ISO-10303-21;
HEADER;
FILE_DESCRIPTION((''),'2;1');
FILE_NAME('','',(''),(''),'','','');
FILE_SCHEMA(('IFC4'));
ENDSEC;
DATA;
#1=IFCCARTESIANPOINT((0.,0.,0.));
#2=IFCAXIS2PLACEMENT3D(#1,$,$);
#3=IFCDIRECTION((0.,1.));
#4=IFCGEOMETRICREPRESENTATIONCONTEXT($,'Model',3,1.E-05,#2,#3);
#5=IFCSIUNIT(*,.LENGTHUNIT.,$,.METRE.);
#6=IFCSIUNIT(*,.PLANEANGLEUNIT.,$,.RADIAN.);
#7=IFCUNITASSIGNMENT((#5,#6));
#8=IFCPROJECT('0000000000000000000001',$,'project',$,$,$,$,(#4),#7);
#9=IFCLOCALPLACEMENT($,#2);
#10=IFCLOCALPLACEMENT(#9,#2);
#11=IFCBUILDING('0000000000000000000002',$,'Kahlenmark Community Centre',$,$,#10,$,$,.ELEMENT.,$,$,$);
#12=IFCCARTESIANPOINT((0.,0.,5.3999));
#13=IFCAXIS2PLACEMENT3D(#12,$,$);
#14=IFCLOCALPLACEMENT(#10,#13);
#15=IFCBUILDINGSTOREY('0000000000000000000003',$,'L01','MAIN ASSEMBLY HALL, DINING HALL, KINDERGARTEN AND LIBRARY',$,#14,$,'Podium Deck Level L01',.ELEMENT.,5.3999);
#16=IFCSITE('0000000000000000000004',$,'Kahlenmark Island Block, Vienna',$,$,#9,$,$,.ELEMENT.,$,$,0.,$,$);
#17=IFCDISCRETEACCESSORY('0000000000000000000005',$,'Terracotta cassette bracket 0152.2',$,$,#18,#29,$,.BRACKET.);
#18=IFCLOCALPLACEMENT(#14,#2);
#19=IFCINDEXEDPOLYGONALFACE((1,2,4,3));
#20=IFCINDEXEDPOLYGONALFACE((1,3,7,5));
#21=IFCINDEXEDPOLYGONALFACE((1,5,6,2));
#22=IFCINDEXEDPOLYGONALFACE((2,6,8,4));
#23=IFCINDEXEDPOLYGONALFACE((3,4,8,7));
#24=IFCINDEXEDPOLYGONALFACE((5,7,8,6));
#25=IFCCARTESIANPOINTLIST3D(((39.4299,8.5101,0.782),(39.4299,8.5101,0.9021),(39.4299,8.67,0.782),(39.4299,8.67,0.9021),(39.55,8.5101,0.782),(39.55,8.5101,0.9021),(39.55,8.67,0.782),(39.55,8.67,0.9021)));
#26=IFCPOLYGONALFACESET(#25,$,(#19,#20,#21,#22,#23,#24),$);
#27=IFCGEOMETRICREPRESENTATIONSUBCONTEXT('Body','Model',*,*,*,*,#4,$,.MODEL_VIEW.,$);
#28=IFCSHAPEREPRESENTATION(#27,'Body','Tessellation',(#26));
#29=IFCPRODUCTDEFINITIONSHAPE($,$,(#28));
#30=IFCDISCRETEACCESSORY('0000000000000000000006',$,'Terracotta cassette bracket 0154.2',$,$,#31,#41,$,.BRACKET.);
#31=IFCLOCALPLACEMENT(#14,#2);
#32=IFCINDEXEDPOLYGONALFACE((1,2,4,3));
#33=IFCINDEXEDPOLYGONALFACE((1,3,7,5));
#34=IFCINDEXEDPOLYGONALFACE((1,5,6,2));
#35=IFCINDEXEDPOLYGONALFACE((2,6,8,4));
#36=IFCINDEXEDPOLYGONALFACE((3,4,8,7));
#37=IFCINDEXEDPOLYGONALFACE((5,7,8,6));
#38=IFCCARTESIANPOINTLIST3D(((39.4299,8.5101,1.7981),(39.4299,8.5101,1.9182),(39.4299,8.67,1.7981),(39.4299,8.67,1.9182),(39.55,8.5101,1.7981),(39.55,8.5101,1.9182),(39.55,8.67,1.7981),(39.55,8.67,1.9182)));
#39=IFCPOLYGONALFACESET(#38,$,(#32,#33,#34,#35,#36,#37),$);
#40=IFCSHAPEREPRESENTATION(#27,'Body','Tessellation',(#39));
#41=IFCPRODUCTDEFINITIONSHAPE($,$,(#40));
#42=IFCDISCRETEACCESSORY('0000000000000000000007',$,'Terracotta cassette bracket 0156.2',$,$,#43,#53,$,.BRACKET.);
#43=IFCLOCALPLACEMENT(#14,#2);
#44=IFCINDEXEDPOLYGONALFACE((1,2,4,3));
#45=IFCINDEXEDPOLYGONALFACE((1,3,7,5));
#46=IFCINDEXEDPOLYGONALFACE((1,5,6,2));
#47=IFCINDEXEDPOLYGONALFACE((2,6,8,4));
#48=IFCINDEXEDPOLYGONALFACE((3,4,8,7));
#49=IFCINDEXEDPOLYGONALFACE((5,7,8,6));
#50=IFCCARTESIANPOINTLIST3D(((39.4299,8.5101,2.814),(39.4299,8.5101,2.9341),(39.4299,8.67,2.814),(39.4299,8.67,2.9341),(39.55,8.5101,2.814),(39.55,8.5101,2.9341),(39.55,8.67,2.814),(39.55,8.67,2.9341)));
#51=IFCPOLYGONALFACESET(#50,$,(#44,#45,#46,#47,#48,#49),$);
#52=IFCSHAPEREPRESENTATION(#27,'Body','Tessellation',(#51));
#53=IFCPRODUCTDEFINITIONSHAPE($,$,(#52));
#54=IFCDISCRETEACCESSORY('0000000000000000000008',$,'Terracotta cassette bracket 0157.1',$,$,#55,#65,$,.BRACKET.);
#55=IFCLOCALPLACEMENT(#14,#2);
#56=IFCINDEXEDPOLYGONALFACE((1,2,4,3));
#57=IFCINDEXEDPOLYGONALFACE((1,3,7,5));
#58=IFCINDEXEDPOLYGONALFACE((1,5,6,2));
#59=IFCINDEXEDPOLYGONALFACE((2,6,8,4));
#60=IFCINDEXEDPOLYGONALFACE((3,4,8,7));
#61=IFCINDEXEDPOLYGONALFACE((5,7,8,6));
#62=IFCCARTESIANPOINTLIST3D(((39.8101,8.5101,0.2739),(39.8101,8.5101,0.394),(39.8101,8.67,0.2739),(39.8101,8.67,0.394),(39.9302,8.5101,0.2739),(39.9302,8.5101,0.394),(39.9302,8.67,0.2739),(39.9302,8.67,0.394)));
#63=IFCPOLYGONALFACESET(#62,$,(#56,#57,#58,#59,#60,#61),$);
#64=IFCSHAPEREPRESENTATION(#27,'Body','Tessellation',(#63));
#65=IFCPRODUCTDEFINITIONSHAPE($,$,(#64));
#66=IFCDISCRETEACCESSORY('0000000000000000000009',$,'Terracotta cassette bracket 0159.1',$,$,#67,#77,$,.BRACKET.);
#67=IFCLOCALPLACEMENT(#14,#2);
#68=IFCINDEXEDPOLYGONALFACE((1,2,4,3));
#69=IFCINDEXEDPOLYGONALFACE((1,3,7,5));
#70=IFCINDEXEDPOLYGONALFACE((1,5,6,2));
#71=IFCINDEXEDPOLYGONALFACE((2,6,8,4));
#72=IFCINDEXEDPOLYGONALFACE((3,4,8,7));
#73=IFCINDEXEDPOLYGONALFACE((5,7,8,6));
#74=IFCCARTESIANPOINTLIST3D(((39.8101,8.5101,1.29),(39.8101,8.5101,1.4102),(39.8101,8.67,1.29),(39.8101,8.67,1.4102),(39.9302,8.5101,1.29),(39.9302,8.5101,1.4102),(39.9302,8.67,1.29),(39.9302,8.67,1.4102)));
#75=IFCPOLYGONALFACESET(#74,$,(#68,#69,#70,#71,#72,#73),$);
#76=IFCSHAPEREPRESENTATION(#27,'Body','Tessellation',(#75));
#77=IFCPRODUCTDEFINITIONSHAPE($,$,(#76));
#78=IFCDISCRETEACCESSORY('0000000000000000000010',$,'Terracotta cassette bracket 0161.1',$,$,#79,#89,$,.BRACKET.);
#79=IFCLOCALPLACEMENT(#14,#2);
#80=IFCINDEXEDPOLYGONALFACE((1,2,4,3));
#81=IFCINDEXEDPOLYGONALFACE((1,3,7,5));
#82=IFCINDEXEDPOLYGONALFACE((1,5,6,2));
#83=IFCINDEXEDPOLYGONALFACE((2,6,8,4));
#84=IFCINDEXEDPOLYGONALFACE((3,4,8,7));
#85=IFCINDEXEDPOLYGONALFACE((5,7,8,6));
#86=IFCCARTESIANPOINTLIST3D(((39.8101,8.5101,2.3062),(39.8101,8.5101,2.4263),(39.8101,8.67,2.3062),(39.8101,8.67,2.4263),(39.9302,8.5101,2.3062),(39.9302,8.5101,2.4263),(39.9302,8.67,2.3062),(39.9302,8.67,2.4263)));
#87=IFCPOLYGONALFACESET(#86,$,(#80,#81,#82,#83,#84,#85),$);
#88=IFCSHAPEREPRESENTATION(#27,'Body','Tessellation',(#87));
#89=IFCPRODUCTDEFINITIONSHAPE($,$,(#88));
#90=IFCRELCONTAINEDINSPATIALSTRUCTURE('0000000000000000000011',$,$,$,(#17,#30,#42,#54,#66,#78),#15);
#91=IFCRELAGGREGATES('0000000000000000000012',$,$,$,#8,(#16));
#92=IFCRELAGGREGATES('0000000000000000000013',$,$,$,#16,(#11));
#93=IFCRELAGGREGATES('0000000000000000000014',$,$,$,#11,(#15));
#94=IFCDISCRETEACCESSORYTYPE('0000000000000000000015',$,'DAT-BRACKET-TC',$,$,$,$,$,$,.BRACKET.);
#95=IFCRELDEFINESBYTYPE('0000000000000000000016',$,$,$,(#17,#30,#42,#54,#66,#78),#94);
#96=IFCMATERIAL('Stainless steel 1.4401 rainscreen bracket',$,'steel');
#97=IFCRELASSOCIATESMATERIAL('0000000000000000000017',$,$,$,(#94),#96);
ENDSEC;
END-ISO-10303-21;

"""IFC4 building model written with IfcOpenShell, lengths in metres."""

from ifc_helpers import new_model, si_unit, direction, frame, origin, origin_2d, place, context, subcontext, project, spatial, rectangle, extrude, material, type_object, element, save


model = new_model("IFC4")

# Units and contexts
model_context = context("Model", 3, precision=1e-05, world=origin(), true_north=direction((0.0, 1.0)))
body_context = subcontext(model_context, "Body", "Model", "MODEL_VIEW")
ifc_project = project(units=[si_unit("LENGTHUNIT", "METRE"), si_unit("PLANEANGLEUNIT", "RADIAN")], contexts=[model_context])

# Site, building, storey
site_placement = place(None, origin())
site = spatial("IfcSite", under=ifc_project, at=site_placement, Name="Kahlenmark Island Block, Vienna", CompositionType="ELEMENT", RefElevation=0.0)
building_placement = place(site_placement, origin())
building = spatial("IfcBuilding", under=site, at=building_placement, Name="Kahlenmark Community Centre", CompositionType="ELEMENT")
storey_placement = place(building_placement, frame((0.0, 0.0, 5.3999)))
storey = spatial("IfcBuildingStorey", under=building, at=storey_placement, Name="L01", Description="MAIN ASSEMBLY HALL, DINING HALL, KINDERGARTEN AND LIBRARY", LongName="Podium Deck Level L01", CompositionType="ELEMENT", Elevation=5.3999)

# Discrete accessories
ifc_material_1 = material(Name="Stainless steel 1.4401 rainscreen bracket", Category="steel")
discrete_accessory_type = type_object("IfcDiscreteAccessoryType", Name="DAT-BRACKET-TC", PredefinedType="BRACKET", material=ifc_material_1)
for number, where, z_axis, x_axis, name in (
    (1, (39.49, 8.5901, 0.782), (0.0, 0.0, 1.0), (1.0, 0.0, 0.0), "Terracotta cassette bracket 0152.2"),
    (2, (39.49, 8.5901, 1.7981), (0.0, 0.0, 1.0), (1.0, 0.0, 0.0), "Terracotta cassette bracket 0154.2"),
    (3, (39.49, 8.5901, 2.814), (0.0, 0.0, 1.0), (1.0, 0.0, 0.0), "Terracotta cassette bracket 0156.2"),
    (4, (39.8701, 8.5901, 0.2739), (0.0, 0.0, 1.0), (1.0, 0.0, 0.0), "Terracotta cassette bracket 0157.1"),
    (5, (39.8701, 8.5901, 1.29), (0.0, 0.0, 1.0), (1.0, 0.0, 0.0), "Terracotta cassette bracket 0159.1"),
    (6, (39.8701, 8.5901, 2.3062), (0.0, 0.0, 1.0), (1.0, 0.0, 0.0), "Terracotta cassette bracket 0161.1"),
):
    element("IfcDiscreteAccessory", number, at=place(storey_placement, frame(where, z_axis=z_axis, x_axis=x_axis)), inside=storey, type_object=discrete_accessory_type, Name=name, PredefinedType="BRACKET", context=body_context, shape_type="SweptSolid", body=[
        extrude(rectangle(XDim=0.1201, YDim=0.1599, at=origin_2d()), origin(), (0.0, 0.0, 1.0), 0.1201),
    ])

save(model, "model.ifc")
